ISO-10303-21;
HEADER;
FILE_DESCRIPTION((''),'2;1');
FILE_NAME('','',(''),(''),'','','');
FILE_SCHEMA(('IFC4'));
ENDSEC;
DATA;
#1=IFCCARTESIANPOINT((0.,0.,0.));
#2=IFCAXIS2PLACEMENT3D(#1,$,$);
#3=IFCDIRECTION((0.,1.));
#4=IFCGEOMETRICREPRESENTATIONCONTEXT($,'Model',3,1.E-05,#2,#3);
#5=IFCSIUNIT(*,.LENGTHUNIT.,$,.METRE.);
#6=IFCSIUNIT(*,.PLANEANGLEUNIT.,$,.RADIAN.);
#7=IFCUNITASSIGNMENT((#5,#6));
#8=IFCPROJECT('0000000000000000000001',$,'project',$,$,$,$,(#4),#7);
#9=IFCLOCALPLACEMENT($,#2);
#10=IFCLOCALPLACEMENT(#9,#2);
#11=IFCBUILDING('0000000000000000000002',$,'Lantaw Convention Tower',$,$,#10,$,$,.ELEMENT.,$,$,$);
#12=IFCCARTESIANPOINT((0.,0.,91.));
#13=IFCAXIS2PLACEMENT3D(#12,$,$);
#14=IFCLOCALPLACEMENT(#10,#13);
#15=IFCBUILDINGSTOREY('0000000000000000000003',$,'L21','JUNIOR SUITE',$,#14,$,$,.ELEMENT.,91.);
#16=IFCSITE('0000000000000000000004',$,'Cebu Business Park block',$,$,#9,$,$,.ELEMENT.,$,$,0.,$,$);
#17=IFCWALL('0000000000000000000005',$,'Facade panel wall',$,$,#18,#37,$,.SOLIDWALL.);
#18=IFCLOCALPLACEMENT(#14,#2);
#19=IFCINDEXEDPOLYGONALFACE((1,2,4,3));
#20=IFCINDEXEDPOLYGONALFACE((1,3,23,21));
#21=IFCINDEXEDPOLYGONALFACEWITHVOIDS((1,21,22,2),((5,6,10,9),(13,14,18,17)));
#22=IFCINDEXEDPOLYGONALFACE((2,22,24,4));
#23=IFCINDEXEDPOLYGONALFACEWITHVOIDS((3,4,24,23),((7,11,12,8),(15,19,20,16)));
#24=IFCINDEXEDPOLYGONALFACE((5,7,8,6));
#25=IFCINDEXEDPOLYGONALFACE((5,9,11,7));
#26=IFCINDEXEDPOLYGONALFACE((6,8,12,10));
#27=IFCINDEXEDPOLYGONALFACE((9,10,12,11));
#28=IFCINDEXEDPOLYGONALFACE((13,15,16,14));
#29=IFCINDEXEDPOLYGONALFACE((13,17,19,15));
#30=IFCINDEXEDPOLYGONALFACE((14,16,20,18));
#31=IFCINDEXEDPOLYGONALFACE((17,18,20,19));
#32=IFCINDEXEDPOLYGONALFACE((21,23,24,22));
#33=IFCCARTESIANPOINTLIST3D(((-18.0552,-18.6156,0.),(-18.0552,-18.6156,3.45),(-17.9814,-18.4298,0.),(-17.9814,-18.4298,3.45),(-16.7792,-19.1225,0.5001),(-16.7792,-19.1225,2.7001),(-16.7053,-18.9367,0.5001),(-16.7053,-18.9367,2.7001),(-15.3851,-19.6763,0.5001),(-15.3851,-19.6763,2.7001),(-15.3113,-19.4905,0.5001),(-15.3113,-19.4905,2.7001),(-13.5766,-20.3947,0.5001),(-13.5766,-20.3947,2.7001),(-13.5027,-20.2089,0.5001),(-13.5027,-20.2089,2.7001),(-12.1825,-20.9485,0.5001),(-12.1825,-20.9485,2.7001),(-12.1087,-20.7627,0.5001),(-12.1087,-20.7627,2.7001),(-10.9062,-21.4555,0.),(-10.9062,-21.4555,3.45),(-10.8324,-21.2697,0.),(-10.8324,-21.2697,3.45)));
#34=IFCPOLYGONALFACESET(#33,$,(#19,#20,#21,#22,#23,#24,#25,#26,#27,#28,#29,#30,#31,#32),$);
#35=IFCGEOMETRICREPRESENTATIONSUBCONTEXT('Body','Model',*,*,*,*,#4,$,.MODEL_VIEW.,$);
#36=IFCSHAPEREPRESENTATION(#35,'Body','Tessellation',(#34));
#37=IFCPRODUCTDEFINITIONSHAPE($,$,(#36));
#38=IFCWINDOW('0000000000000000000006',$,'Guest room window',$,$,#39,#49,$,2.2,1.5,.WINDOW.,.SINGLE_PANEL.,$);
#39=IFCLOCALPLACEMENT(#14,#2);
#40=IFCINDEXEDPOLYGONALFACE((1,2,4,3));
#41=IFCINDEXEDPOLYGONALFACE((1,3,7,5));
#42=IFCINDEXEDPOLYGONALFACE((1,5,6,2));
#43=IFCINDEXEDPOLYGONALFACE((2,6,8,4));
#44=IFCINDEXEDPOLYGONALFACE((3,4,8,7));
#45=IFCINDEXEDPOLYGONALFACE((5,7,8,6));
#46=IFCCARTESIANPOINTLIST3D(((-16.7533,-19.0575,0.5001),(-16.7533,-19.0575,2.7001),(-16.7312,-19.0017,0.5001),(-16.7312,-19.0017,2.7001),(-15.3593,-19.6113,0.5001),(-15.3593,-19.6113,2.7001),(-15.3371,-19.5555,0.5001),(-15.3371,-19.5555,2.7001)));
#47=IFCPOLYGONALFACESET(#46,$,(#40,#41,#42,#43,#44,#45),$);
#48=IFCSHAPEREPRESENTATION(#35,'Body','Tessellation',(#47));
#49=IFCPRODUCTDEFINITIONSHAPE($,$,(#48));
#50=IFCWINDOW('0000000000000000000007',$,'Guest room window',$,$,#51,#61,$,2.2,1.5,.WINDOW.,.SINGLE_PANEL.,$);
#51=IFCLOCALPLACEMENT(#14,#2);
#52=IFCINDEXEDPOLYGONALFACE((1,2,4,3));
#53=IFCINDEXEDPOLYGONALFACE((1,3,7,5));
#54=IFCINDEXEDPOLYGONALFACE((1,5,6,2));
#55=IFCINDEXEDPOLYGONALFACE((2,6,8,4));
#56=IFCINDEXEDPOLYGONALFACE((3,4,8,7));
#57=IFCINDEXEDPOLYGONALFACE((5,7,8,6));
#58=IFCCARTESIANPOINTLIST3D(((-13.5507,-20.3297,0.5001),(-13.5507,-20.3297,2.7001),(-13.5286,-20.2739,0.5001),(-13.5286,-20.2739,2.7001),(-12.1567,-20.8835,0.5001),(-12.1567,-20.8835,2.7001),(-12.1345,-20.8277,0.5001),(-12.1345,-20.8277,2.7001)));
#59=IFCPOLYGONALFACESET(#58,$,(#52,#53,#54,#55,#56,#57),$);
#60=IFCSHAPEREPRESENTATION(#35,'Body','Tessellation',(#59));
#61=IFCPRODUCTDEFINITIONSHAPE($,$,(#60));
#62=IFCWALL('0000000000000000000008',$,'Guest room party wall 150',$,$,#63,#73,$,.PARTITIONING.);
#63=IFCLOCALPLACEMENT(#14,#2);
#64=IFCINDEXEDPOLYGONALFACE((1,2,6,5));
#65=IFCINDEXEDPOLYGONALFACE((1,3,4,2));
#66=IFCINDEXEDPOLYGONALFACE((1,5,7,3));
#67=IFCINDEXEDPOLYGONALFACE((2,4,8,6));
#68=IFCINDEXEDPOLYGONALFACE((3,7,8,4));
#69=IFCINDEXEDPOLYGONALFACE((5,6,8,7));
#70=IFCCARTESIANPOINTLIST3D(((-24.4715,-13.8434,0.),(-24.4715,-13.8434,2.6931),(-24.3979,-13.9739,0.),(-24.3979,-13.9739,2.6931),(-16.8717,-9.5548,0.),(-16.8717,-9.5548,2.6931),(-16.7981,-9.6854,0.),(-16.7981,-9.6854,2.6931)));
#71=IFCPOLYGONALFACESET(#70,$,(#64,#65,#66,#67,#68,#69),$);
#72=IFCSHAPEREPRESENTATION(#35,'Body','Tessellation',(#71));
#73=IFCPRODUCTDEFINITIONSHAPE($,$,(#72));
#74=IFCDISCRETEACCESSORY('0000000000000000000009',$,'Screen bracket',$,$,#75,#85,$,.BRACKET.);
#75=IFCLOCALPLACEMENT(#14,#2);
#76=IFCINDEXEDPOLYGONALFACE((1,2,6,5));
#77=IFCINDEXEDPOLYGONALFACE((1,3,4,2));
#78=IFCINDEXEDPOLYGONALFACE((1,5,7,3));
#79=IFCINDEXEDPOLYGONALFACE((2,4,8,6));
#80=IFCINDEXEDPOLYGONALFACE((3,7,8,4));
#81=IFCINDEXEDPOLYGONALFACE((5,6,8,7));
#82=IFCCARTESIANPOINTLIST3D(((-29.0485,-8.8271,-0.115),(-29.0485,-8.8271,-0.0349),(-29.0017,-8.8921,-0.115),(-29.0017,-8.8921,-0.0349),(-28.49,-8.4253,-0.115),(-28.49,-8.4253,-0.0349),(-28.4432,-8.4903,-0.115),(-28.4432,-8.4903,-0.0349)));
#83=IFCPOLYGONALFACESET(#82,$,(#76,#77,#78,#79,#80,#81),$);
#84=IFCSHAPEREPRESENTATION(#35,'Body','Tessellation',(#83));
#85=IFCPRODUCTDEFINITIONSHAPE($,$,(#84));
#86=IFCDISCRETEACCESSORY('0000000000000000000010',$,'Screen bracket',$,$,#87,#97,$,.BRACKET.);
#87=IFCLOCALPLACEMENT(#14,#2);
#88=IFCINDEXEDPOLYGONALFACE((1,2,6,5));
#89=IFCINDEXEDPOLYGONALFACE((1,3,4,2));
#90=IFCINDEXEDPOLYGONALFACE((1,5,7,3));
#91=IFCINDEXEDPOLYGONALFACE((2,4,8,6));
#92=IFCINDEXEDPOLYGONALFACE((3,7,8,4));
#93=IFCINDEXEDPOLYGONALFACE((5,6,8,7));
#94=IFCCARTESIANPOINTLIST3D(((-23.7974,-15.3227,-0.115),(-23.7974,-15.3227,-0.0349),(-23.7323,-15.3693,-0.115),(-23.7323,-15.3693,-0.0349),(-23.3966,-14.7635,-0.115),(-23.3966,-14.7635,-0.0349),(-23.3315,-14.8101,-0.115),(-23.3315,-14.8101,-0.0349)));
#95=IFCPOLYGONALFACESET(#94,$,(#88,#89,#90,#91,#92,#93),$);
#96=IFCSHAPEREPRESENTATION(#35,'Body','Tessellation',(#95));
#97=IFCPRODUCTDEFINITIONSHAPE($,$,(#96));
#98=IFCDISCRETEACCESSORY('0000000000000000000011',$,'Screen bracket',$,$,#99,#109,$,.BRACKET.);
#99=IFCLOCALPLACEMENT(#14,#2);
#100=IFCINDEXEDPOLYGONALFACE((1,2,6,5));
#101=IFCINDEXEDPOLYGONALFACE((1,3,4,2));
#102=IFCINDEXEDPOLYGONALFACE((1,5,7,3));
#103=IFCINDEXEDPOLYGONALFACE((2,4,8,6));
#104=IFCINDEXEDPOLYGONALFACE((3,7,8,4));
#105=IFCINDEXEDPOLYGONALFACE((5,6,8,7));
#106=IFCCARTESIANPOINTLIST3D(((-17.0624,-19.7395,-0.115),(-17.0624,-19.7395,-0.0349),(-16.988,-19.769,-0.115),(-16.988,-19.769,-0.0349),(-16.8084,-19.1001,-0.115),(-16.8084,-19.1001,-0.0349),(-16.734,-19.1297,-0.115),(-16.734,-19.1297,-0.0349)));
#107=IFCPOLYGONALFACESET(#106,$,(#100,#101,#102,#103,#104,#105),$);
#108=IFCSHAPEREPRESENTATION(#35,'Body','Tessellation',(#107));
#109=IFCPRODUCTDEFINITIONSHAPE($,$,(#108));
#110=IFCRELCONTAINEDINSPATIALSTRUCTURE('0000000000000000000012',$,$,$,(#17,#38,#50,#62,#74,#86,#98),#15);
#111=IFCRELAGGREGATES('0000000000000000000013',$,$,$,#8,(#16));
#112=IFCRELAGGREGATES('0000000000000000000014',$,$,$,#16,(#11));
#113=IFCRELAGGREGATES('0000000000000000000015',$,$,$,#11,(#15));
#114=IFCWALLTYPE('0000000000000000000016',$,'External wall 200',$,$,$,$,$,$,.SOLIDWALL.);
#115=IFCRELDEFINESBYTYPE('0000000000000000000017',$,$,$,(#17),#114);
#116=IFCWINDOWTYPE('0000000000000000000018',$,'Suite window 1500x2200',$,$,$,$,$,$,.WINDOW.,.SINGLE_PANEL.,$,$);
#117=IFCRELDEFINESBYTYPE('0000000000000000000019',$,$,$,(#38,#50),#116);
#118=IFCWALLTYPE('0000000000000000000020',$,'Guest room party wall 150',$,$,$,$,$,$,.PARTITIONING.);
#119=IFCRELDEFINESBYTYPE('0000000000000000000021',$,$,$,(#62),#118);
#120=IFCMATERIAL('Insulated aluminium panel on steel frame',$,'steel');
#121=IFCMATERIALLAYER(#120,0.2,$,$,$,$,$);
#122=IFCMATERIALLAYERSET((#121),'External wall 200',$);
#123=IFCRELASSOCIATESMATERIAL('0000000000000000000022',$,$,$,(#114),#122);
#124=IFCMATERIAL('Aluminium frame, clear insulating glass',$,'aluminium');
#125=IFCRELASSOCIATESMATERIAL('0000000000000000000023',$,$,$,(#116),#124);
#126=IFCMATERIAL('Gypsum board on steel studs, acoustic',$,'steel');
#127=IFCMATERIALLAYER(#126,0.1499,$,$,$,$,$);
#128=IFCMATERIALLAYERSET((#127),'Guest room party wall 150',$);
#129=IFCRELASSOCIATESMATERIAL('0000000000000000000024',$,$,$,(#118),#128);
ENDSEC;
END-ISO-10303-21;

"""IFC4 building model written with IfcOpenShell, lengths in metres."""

from ifc_helpers import new_model, si_unit, direction, frame, frame_2d, origin, origin_2d, place, context, subcontext, project, spatial, rectangle, extrude, material, layer, layer_set, type_object, element, fill, save


model = new_model("IFC4")

# Units and contexts
model_context = context("Model", 3, precision=1e-05, world=origin(), true_north=direction((0.0, 1.0)))
body_context = subcontext(model_context, "Body", "Model", "MODEL_VIEW")
ifc_project = project(units=[si_unit("LENGTHUNIT", "METRE"), si_unit("PLANEANGLEUNIT", "RADIAN")], contexts=[model_context])

# Site, building, storey
site_placement = place(None, origin())
site = spatial("IfcSite", under=ifc_project, at=site_placement, Name="Cebu Business Park block", CompositionType="ELEMENT", RefElevation=0.0)
building_placement = place(site_placement, origin())
building = spatial("IfcBuilding", under=site, at=building_placement, Name="Lantaw Convention Tower", CompositionType="ELEMENT")
storey_placement = place(building_placement, frame((0.0, 0.0, 91.0)))
storey = spatial("IfcBuildingStorey", under=building, at=storey_placement, Name="L21", Description="JUNIOR SUITE", CompositionType="ELEMENT", Elevation=91.0)

# Wall, openings, windows
ifc_material_1 = material(Name="Insulated aluminium panel on steel frame", Category="steel")
ifc_layer_1 = layer(ifc_material_1, 0.2)
ifc_layer_set_1 = layer_set([ifc_layer_1], Name="External wall 200")
wall_type_1 = type_object("IfcWallType", Name="External wall 200", PredefinedType="SOLIDWALL", material=ifc_layer_set_1)
ifc_material_2 = material(Name="Aluminium frame, clear insulating glass", Category="aluminium")
window_type = type_object("IfcWindowType", Name="Suite window 1500x2200", PartitioningType="SINGLE_PANEL", PredefinedType="WINDOW", material=ifc_material_2)
wall_1_placement = place(storey_placement, frame((-18.0183, -18.5227, 0.0), z_axis=(0.0, 0.0, 1.0), x_axis=(0.929358, -0.369179, 0.0)))
wall_1 = element("IfcWall", 1, at=wall_1_placement, inside=storey, type_object=wall_type_1, Name="Facade panel wall", PredefinedType="SOLIDWALL", context=body_context, shape_type="SweptSolid", body=[
    extrude(rectangle(XDim=7.6924, YDim=0.2, at=frame_2d((3.8462, 0.0))), origin(), (0.0, 0.0, 1.0), 3.45),
])
opening_1_placement = place(wall_1_placement, frame((1.373, 0.0, 0.5)))
opening_1 = element("IfcOpeningElement", 2, at=opening_1_placement, cuts=wall_1, PredefinedType="OPENING", context=body_context, shape_type="SweptSolid", body=[
    extrude(rectangle(XDim=1.5, YDim=2.2, at=frame_2d((0.75, 1.1001))), frame((0.0, 0.1099, 0.0), z_axis=(0.0, -1.0, 0.0), x_axis=(1.0, 0.0, 0.0)), (0.0, 0.0, 1.0), 0.22),
])
opening_2_placement = place(wall_1_placement, frame((4.8191, 0.0, 0.5)))
opening_2 = element("IfcOpeningElement", 3, at=opening_2_placement, cuts=wall_1, PredefinedType="OPENING", context=body_context, shape_type="SweptSolid", body=[
    extrude(rectangle(XDim=1.5, YDim=2.2, at=frame_2d((0.75, 1.1001))), frame((0.0, 0.1099, 0.0), z_axis=(0.0, -1.0, 0.0), x_axis=(1.0, 0.0, 0.0)), (0.0, 0.0, 1.0), 0.22),
])
window_1_placement = place(opening_1_placement, origin())
window_1 = element("IfcWindow", 4, at=window_1_placement, inside=storey, type_object=window_type, Name="Guest room window", OverallHeight=2.2, OverallWidth=1.5, PartitioningType="SINGLE_PANEL", PredefinedType="WINDOW", context=body_context, shape_type="SweptSolid", body=[
    extrude(rectangle(XDim=1.5, YDim=2.2, at=frame_2d((0.75, 1.1001))), frame((0.0, 0.03, 0.0), z_axis=(0.0, -1.0, 0.0), x_axis=(1.0, 0.0, 0.0)), (0.0, 0.0, 1.0), 0.0601),
])
fill(opening_1, window_1)
window_2_placement = place(opening_2_placement, origin())
window_2 = element("IfcWindow", 5, at=window_2_placement, inside=storey, type_object=window_type, Name="Guest room window", OverallHeight=2.2, OverallWidth=1.5, PartitioningType="SINGLE_PANEL", PredefinedType="WINDOW", context=body_context, shape_type="SweptSolid", body=[
    extrude(rectangle(XDim=1.5, YDim=2.2, at=frame_2d((0.75, 1.1001))), frame((0.0, 0.03, 0.0), z_axis=(0.0, -1.0, 0.0), x_axis=(1.0, 0.0, 0.0)), (0.0, 0.0, 1.0), 0.0601),
])
fill(opening_2, window_2)

# Wall
ifc_material_3 = material(Name="Gypsum board on steel studs, acoustic", Category="steel")
ifc_layer_2 = layer(ifc_material_3, 0.1499)
ifc_layer_set_2 = layer_set([ifc_layer_2], Name="Guest room party wall 150")
wall_type_2 = type_object("IfcWallType", Name="Guest room party wall 150", PredefinedType="PARTITIONING", material=ifc_layer_set_2)
wall_2_placement = place(storey_placement, frame((-24.4348, -13.9087, 0.0), z_axis=(0.0, 0.0, 1.0), x_axis=(0.870906, 0.49145, 0.0)))
element("IfcWall", 6, at=wall_2_placement, inside=storey, type_object=wall_type_2, Name="Guest room party wall 150", PredefinedType="PARTITIONING", context=body_context, shape_type="SweptSolid", body=[
    extrude(rectangle(XDim=8.7263, YDim=0.1499, at=frame_2d((4.3633, 0.0))), origin(), (0.0, 0.0, 1.0), 2.6931),
])

# Discrete accessories
for number, where, z_axis, x_axis, name in (
    (7, (-28.7458, -8.6587, -0.115), (0.0, 0.0, 1.0), (0.583951, -0.811789, 0.0), "Screen bracket"),
    (8, (-23.5645, -15.0664, -0.115), (0.0, 0.0, 1.0), (0.812804, -0.582538, 0.0), "Screen bracket"),
    (9, (-16.8982, -19.4346, -0.115), (0.0, 0.0, 1.0), (0.929361, -0.369172, 0.0), "Screen bracket"),
):
    element("IfcDiscreteAccessory", number, at=place(storey_placement, frame(where, z_axis=z_axis, x_axis=x_axis)), inside=storey, Name=name, PredefinedType="BRACKET", context=body_context, shape_type="SweptSolid", body=[
        extrude(rectangle(XDim=0.0801, YDim=0.688, at=origin_2d()), origin(), (0.0, 0.0, 1.0), 0.0801),
    ])

save(model, "model.ifc")
